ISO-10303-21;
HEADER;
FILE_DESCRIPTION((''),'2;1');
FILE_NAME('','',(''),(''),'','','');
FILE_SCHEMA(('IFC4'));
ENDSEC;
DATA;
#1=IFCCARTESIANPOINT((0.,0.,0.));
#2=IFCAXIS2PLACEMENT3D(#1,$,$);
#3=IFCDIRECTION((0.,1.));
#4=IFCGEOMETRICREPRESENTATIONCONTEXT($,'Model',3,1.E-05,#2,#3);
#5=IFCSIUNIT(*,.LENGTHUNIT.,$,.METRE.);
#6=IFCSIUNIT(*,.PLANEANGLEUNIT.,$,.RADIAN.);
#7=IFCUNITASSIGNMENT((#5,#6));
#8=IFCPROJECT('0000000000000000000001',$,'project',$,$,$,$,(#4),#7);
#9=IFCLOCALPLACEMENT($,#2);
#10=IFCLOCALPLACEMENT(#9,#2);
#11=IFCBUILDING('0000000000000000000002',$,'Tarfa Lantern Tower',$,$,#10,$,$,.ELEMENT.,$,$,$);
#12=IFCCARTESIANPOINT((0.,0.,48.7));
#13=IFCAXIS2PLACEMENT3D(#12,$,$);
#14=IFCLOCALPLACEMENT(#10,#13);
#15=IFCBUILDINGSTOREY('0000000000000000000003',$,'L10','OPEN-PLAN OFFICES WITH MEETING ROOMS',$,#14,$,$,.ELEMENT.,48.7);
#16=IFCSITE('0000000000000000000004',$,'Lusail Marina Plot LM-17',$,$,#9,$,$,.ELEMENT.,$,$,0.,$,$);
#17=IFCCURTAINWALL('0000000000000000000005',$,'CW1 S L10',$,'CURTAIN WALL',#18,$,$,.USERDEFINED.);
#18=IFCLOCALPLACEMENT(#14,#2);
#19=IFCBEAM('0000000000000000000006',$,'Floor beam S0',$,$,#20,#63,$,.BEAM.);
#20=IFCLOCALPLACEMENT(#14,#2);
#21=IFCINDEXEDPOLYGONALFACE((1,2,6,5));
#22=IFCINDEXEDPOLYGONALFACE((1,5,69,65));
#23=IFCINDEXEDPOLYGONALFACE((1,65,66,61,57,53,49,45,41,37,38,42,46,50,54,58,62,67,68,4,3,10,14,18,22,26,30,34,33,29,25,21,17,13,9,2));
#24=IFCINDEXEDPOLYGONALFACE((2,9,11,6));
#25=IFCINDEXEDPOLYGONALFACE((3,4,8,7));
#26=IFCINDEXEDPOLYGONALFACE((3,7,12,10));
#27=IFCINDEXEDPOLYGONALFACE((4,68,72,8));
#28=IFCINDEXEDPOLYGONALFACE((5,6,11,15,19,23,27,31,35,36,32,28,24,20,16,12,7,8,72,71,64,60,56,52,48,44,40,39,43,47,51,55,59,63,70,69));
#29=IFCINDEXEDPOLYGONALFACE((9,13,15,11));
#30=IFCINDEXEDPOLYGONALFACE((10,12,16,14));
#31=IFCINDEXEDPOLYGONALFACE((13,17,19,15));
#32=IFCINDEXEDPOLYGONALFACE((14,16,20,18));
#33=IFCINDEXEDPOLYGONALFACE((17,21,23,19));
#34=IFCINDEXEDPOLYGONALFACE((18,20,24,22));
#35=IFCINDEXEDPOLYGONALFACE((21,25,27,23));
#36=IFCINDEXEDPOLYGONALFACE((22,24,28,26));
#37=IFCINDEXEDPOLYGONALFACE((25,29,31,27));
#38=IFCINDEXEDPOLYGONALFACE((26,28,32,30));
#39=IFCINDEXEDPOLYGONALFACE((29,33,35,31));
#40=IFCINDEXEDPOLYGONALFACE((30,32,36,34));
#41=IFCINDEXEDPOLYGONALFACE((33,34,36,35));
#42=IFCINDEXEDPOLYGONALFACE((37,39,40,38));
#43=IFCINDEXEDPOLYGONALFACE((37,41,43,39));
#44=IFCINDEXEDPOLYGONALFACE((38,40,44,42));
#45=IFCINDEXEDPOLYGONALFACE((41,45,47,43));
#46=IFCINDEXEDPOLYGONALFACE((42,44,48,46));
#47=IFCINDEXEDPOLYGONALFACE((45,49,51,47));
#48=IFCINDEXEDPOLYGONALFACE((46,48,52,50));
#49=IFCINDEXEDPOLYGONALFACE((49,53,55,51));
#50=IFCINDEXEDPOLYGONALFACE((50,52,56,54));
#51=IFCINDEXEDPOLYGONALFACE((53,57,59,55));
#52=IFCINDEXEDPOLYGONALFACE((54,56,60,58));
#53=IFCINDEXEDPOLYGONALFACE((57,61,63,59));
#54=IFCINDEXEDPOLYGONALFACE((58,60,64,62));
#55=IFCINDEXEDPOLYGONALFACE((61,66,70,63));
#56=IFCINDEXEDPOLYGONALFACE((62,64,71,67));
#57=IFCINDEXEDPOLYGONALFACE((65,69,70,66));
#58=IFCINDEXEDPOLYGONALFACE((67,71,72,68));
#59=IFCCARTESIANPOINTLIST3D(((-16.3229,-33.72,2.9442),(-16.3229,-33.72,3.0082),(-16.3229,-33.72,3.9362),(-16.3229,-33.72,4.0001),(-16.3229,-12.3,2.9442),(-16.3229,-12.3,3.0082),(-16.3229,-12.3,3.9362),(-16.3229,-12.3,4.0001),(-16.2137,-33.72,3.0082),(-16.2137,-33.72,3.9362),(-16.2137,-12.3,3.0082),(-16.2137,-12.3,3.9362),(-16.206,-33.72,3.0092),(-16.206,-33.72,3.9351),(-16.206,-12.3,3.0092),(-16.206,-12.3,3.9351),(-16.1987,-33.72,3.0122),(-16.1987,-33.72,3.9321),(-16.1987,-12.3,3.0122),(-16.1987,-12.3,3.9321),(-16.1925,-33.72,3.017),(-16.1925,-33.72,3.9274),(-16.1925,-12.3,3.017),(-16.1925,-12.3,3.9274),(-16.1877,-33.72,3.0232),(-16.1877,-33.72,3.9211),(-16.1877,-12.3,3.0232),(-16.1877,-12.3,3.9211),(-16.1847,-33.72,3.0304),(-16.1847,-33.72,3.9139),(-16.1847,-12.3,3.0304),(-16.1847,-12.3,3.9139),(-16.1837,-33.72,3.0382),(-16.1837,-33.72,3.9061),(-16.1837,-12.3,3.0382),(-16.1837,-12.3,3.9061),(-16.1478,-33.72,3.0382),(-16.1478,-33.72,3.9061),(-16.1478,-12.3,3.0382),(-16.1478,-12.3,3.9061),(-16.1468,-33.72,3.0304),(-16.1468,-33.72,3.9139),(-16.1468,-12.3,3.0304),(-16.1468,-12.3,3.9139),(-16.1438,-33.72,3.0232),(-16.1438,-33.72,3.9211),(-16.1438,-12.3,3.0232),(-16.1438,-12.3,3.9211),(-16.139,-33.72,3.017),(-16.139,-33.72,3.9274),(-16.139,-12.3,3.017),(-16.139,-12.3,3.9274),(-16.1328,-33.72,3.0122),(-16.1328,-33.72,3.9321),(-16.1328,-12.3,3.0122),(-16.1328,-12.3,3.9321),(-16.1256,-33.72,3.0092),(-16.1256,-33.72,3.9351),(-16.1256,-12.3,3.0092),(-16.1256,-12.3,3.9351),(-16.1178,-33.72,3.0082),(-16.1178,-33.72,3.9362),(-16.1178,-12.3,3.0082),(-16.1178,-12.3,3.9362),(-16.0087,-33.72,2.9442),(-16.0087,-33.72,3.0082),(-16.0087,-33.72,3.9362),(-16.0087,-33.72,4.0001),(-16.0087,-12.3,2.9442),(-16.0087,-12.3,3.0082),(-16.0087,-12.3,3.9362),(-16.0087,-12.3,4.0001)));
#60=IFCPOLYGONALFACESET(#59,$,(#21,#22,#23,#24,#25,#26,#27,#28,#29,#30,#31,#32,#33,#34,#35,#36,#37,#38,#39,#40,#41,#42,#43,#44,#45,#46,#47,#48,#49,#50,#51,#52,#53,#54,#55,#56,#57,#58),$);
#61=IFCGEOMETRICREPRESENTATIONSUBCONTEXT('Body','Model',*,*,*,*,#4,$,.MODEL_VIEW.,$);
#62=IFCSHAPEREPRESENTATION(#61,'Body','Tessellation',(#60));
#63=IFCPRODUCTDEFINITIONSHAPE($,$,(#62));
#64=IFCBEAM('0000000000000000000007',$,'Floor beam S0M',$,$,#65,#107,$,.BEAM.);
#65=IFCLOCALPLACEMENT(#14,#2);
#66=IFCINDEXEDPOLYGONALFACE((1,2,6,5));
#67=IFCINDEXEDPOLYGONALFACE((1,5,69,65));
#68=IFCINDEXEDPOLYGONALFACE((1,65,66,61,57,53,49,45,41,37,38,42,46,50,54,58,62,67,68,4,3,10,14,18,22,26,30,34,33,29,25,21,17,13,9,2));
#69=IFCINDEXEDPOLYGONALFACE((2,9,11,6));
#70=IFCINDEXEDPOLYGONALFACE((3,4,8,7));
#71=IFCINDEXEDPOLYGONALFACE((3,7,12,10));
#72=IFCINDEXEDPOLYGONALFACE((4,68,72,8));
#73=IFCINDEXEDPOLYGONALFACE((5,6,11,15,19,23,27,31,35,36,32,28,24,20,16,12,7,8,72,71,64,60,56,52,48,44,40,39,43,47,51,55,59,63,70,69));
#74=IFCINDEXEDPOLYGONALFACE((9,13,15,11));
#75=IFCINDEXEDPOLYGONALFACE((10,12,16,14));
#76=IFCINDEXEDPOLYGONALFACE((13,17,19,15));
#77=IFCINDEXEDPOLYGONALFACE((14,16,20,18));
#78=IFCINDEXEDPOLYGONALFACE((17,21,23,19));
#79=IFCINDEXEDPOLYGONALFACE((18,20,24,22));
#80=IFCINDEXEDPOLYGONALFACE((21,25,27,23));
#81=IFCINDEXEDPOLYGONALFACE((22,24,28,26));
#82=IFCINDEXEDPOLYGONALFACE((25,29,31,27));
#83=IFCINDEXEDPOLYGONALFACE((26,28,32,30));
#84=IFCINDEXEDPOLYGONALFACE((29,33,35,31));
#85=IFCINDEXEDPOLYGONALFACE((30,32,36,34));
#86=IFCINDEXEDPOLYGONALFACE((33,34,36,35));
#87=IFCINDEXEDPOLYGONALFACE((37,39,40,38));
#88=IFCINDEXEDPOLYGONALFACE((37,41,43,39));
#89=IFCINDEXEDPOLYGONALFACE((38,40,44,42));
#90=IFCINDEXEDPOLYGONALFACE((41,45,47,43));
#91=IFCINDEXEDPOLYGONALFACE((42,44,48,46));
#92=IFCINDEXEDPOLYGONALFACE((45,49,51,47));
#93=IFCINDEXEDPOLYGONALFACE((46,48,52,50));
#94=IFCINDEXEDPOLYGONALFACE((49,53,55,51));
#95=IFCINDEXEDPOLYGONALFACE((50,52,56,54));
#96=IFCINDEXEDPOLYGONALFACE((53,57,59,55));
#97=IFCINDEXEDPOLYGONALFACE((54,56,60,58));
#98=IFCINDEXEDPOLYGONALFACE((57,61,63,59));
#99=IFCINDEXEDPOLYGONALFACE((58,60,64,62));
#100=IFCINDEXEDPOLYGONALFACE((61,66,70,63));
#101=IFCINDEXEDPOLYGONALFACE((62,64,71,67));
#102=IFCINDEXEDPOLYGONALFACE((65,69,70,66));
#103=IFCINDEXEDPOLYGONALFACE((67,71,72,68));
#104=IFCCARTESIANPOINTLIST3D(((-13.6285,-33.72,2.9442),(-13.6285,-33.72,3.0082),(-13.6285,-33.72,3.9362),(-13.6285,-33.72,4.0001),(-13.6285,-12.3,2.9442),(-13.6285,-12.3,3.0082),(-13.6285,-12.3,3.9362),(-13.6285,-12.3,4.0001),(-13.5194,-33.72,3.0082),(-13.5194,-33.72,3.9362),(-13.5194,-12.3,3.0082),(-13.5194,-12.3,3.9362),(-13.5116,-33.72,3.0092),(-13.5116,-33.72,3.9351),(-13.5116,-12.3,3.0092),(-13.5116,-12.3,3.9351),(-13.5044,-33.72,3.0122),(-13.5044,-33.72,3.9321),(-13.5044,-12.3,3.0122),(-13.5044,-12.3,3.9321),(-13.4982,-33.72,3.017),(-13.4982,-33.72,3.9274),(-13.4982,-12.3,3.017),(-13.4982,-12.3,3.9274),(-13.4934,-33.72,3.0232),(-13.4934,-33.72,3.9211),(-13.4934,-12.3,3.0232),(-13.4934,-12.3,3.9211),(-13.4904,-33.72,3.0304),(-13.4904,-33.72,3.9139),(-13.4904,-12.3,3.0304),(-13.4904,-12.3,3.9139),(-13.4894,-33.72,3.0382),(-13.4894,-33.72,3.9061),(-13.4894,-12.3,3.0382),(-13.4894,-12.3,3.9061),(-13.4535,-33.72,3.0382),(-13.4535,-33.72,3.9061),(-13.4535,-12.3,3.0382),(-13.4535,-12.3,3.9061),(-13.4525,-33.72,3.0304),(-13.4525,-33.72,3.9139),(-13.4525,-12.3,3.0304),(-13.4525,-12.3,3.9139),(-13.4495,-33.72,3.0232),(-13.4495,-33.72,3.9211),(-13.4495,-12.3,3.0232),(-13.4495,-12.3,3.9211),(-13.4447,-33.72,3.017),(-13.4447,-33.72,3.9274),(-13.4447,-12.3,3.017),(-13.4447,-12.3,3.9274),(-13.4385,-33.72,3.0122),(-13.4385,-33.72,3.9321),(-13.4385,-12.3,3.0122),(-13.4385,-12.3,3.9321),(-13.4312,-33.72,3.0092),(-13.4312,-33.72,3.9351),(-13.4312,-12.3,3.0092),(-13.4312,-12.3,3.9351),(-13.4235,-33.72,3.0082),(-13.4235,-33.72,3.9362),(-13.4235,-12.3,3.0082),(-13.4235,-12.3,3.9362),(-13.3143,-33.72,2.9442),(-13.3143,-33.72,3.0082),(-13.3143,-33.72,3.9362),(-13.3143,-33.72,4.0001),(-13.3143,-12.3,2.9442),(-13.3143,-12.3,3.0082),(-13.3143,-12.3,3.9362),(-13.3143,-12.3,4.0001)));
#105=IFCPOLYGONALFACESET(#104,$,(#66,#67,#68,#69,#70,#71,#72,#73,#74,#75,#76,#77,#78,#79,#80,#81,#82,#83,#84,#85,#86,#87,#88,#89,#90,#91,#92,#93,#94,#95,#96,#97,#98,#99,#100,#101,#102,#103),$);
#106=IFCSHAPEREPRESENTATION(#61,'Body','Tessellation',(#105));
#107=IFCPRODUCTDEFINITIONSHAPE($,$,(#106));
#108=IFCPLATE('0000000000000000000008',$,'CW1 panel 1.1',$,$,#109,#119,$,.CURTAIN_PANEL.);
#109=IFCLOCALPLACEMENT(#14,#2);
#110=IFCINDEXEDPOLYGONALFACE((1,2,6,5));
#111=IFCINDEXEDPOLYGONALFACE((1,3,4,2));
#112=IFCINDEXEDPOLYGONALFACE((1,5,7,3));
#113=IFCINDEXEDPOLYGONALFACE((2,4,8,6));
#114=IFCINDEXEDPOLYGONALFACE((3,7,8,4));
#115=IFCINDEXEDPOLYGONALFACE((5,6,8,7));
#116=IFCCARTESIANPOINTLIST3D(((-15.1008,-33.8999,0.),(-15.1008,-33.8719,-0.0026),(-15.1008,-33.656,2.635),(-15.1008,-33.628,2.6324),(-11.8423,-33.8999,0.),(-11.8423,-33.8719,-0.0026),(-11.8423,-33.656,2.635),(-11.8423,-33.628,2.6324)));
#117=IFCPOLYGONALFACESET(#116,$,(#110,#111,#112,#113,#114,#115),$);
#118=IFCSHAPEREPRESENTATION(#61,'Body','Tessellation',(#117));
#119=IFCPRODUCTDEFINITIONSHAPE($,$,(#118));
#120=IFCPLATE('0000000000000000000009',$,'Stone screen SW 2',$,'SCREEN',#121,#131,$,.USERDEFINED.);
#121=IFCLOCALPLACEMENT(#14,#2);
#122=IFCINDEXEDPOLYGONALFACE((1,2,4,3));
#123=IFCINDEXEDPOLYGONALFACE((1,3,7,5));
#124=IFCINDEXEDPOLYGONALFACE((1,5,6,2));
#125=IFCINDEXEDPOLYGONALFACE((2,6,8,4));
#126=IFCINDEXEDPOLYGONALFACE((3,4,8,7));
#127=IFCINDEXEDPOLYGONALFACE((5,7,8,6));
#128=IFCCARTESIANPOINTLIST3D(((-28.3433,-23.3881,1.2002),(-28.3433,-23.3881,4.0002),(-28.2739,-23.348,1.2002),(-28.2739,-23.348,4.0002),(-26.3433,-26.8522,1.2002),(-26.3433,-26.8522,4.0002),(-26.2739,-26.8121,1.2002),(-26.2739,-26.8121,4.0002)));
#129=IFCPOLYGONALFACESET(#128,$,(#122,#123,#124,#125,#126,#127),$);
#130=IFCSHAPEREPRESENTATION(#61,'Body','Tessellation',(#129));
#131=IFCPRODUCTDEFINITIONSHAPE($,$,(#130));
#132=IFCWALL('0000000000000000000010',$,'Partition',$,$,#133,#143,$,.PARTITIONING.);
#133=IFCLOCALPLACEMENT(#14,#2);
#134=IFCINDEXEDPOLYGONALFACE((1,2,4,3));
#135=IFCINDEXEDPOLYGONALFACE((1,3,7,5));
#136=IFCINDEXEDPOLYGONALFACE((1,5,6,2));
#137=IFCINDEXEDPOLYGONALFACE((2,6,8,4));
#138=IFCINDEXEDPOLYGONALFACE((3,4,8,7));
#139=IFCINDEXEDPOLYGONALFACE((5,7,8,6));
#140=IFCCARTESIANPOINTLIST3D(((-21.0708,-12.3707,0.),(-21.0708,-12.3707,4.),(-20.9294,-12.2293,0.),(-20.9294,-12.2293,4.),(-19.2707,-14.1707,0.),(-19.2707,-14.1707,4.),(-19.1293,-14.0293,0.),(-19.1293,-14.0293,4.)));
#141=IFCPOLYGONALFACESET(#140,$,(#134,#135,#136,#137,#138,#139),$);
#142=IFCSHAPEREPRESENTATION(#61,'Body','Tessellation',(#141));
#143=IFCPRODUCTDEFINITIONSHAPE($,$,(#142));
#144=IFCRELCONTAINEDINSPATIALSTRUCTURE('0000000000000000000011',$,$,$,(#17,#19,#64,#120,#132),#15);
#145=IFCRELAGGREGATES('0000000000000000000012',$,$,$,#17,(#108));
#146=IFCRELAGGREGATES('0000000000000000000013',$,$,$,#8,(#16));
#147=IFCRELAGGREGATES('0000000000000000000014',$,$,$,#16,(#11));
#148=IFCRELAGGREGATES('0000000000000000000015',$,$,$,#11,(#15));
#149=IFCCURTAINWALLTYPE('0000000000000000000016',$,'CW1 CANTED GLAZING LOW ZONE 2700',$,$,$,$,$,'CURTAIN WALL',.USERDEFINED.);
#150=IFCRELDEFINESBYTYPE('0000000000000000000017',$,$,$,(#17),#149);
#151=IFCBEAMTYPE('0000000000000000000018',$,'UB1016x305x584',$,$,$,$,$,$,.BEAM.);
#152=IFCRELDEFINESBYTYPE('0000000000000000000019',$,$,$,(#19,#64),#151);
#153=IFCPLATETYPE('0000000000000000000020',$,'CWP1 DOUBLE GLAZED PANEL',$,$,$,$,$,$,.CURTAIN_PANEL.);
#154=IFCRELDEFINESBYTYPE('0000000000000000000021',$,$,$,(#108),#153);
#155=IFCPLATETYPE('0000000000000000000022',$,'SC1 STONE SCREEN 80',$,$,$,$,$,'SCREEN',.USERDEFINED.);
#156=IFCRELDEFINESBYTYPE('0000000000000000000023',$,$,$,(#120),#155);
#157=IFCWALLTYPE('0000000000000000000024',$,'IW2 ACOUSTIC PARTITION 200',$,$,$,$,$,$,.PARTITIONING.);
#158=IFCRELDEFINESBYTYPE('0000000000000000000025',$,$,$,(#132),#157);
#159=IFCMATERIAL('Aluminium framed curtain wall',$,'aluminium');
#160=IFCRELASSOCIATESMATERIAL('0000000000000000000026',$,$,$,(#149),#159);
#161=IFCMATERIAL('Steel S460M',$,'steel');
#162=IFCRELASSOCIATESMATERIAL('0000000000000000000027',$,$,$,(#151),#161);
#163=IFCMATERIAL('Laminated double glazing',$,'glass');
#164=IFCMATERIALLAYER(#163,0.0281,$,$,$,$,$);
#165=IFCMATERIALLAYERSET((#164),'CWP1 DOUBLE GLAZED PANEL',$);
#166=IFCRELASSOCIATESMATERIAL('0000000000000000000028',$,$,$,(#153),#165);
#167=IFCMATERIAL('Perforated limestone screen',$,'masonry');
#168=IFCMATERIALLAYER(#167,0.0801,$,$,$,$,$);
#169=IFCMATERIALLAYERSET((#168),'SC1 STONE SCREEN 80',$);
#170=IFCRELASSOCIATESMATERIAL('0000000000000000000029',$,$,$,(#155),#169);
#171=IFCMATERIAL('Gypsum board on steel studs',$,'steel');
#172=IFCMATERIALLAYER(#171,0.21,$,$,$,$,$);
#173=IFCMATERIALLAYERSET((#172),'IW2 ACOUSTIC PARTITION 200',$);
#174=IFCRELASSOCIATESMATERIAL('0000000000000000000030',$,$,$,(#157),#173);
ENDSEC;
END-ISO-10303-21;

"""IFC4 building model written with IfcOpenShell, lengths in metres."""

from ifc_helpers import new_model, si_unit, direction, frame, frame_2d, origin, origin_2d, place, context, subcontext, project, spatial, polyline, rectangle, i_section, outline, extrude, material, layer, layer_set, material_profile, profile_set, type_object, element, aggregate, save


model = new_model("IFC4")

# Units and contexts
model_context = context("Model", 3, precision=1e-05, world=origin(), true_north=direction((0.0, 1.0)))
body_context = subcontext(model_context, "Body", "Model", "MODEL_VIEW")
ifc_project = project(units=[si_unit("LENGTHUNIT", "METRE"), si_unit("PLANEANGLEUNIT", "RADIAN")], contexts=[model_context])

# Site, building, storey
site_placement = place(None, origin())
site = spatial("IfcSite", under=ifc_project, at=site_placement, Name="Lusail Marina Plot LM-17", CompositionType="ELEMENT", RefElevation=0.0)
building_placement = place(site_placement, origin())
building = spatial("IfcBuilding", under=site, at=building_placement, Name="Tarfa Lantern Tower", CompositionType="ELEMENT")
storey_placement = place(building_placement, frame((0.0, 0.0, 48.7)))
storey = spatial("IfcBuildingStorey", under=building, at=storey_placement, Name="L10", Description="OPEN-PLAN OFFICES WITH MEETING ROOMS", CompositionType="ELEMENT", Elevation=48.7)

# Curtain wall
ifc_material_1 = material(Name="Aluminium framed curtain wall", Category="aluminium")
curtain_wall_type = type_object("IfcCurtainWallType", Name="CW1 CANTED GLAZING LOW ZONE 2700", ElementType="CURTAIN WALL", PredefinedType="USERDEFINED", material=ifc_material_1)
curtain_wall_placement = place(storey_placement, origin())
curtain_wall = element("IfcCurtainWall", 1, at=curtain_wall_placement, inside=storey, type_object=curtain_wall_type, Name="CW1 S L10", ObjectType="CURTAIN WALL", PredefinedType="USERDEFINED")

# Beams
ifc_material_2 = material(Name="Steel S460M", Category="steel")
ifc_material_profile_1 = material_profile(ifc_material_2, i_section(OverallWidth=0.3142, OverallDepth=1.0559, WebThickness=0.0359, FlangeThickness=0.064, FilletRadius=0.03, at=origin_2d()), Name="UB1016x305x584")
ifc_profile_set_1 = profile_set([ifc_material_profile_1], Name="Steel S460M")
beam_type_1 = type_object("IfcBeamType", Name="UB1016x305x584", PredefinedType="BEAM", material=ifc_profile_set_1)
for number, where, z_axis, x_axis, name in (
    (2, (-16.1658, -33.72, 3.4722), (0.0, 1.0, 0.0), (-1.0, 0.0, 0.0), "Floor beam S0"),
    (3, (-13.4714, -33.72, 3.4722), (0.0, 1.0, 0.0), (-1.0, 0.0, 0.0), "Floor beam S0M"),
):
    element("IfcBeam", number, at=place(storey_placement, frame(where, z_axis=z_axis, x_axis=x_axis)), inside=storey, type_object=beam_type_1, Name=name, PredefinedType="BEAM", context=body_context, shape_type="SweptSolid", body=[
        extrude(i_section(OverallWidth=0.3142, OverallDepth=1.0559, WebThickness=0.0359, FlangeThickness=0.064, FilletRadius=0.03, at=origin_2d()), origin(), (0.0, 0.0, 1.0), 21.4199),
    ])

# Plates
ifc_material_3 = material(Name="Laminated double glazing", Category="glass")
ifc_layer_1 = layer(ifc_material_3, 0.0281)
ifc_layer_set_1 = layer_set([ifc_layer_1], Name="CWP1 DOUBLE GLAZED PANEL")
plate_type_1 = type_object("IfcPlateType", Name="CWP1 DOUBLE GLAZED PANEL", PredefinedType="CURTAIN_PANEL", material=ifc_layer_set_1)
plate_1_placement = place(storey_placement, frame((-15.1008, -33.8999, 0.0), z_axis=(0.0, -0.995744, 0.092166), x_axis=(1.0, 0.0, 0.0)))
plate_1 = element("IfcPlate", 4, at=plate_1_placement, type_object=plate_type_1, Name="CW1 panel 1.1", PredefinedType="CURTAIN_PANEL", context=body_context, shape_type="SweptSolid", body=[
    extrude(outline(polyline([(0.0, 0.0), (3.2585, 0.0), (3.2585, 2.6463), (0.0, 2.6463), (0.0, 0.0)])), origin(), (0.0, 0.0, -1.0), 0.0281),
])
aggregate(curtain_wall, [plate_1])
ifc_material_4 = material(Name="Perforated limestone screen", Category="masonry")
ifc_layer_2 = layer(ifc_material_4, 0.0801)
ifc_layer_set_2 = layer_set([ifc_layer_2], Name="SC1 STONE SCREEN 80")
plate_type_2 = type_object("IfcPlateType", Name="SC1 STONE SCREEN 80", ElementType="SCREEN", PredefinedType="USERDEFINED", material=ifc_layer_set_2)
plate_2_placement = place(storey_placement, frame((-27.3086, -25.1001, 1.2002), z_axis=(0.0, 0.0, 1.0), x_axis=(0.5, -0.866025, 0.0)))
element("IfcPlate", 5, at=plate_2_placement, inside=storey, type_object=plate_type_2, Name="Stone screen SW 2", ObjectType="SCREEN", PredefinedType="USERDEFINED", context=body_context, shape_type="SweptSolid", body=[
    extrude(rectangle(XDim=4.0, YDim=0.0801, at=origin_2d()), origin(), (0.0, 0.0, 1.0), 2.8),
])

# Wall
ifc_material_5 = material(Name="Gypsum board on steel studs", Category="steel")
ifc_layer_3 = layer(ifc_material_5, 0.21)
ifc_layer_set_3 = layer_set([ifc_layer_3], Name="IW2 ACOUSTIC PARTITION 200")
wall_type = type_object("IfcWallType", Name="IW2 ACOUSTIC PARTITION 200", PredefinedType="PARTITIONING", material=ifc_layer_set_3)
wall_placement = place(storey_placement, frame((-19.2, -14.1001, 0.0), z_axis=(0.0, 0.0, 1.0), x_axis=(-0.707107, 0.707107, 0.0)))
element("IfcWall", 6, at=wall_placement, inside=storey, type_object=wall_type, Name="Partition", PredefinedType="PARTITIONING", context=body_context, shape_type="SweptSolid", body=[
    extrude(rectangle(XDim=2.5457, YDim=0.2, at=frame_2d((1.2729, 0.0))), origin(), (0.0, 0.0, 1.0), 4.0),
])

save(model, "model.ifc")
